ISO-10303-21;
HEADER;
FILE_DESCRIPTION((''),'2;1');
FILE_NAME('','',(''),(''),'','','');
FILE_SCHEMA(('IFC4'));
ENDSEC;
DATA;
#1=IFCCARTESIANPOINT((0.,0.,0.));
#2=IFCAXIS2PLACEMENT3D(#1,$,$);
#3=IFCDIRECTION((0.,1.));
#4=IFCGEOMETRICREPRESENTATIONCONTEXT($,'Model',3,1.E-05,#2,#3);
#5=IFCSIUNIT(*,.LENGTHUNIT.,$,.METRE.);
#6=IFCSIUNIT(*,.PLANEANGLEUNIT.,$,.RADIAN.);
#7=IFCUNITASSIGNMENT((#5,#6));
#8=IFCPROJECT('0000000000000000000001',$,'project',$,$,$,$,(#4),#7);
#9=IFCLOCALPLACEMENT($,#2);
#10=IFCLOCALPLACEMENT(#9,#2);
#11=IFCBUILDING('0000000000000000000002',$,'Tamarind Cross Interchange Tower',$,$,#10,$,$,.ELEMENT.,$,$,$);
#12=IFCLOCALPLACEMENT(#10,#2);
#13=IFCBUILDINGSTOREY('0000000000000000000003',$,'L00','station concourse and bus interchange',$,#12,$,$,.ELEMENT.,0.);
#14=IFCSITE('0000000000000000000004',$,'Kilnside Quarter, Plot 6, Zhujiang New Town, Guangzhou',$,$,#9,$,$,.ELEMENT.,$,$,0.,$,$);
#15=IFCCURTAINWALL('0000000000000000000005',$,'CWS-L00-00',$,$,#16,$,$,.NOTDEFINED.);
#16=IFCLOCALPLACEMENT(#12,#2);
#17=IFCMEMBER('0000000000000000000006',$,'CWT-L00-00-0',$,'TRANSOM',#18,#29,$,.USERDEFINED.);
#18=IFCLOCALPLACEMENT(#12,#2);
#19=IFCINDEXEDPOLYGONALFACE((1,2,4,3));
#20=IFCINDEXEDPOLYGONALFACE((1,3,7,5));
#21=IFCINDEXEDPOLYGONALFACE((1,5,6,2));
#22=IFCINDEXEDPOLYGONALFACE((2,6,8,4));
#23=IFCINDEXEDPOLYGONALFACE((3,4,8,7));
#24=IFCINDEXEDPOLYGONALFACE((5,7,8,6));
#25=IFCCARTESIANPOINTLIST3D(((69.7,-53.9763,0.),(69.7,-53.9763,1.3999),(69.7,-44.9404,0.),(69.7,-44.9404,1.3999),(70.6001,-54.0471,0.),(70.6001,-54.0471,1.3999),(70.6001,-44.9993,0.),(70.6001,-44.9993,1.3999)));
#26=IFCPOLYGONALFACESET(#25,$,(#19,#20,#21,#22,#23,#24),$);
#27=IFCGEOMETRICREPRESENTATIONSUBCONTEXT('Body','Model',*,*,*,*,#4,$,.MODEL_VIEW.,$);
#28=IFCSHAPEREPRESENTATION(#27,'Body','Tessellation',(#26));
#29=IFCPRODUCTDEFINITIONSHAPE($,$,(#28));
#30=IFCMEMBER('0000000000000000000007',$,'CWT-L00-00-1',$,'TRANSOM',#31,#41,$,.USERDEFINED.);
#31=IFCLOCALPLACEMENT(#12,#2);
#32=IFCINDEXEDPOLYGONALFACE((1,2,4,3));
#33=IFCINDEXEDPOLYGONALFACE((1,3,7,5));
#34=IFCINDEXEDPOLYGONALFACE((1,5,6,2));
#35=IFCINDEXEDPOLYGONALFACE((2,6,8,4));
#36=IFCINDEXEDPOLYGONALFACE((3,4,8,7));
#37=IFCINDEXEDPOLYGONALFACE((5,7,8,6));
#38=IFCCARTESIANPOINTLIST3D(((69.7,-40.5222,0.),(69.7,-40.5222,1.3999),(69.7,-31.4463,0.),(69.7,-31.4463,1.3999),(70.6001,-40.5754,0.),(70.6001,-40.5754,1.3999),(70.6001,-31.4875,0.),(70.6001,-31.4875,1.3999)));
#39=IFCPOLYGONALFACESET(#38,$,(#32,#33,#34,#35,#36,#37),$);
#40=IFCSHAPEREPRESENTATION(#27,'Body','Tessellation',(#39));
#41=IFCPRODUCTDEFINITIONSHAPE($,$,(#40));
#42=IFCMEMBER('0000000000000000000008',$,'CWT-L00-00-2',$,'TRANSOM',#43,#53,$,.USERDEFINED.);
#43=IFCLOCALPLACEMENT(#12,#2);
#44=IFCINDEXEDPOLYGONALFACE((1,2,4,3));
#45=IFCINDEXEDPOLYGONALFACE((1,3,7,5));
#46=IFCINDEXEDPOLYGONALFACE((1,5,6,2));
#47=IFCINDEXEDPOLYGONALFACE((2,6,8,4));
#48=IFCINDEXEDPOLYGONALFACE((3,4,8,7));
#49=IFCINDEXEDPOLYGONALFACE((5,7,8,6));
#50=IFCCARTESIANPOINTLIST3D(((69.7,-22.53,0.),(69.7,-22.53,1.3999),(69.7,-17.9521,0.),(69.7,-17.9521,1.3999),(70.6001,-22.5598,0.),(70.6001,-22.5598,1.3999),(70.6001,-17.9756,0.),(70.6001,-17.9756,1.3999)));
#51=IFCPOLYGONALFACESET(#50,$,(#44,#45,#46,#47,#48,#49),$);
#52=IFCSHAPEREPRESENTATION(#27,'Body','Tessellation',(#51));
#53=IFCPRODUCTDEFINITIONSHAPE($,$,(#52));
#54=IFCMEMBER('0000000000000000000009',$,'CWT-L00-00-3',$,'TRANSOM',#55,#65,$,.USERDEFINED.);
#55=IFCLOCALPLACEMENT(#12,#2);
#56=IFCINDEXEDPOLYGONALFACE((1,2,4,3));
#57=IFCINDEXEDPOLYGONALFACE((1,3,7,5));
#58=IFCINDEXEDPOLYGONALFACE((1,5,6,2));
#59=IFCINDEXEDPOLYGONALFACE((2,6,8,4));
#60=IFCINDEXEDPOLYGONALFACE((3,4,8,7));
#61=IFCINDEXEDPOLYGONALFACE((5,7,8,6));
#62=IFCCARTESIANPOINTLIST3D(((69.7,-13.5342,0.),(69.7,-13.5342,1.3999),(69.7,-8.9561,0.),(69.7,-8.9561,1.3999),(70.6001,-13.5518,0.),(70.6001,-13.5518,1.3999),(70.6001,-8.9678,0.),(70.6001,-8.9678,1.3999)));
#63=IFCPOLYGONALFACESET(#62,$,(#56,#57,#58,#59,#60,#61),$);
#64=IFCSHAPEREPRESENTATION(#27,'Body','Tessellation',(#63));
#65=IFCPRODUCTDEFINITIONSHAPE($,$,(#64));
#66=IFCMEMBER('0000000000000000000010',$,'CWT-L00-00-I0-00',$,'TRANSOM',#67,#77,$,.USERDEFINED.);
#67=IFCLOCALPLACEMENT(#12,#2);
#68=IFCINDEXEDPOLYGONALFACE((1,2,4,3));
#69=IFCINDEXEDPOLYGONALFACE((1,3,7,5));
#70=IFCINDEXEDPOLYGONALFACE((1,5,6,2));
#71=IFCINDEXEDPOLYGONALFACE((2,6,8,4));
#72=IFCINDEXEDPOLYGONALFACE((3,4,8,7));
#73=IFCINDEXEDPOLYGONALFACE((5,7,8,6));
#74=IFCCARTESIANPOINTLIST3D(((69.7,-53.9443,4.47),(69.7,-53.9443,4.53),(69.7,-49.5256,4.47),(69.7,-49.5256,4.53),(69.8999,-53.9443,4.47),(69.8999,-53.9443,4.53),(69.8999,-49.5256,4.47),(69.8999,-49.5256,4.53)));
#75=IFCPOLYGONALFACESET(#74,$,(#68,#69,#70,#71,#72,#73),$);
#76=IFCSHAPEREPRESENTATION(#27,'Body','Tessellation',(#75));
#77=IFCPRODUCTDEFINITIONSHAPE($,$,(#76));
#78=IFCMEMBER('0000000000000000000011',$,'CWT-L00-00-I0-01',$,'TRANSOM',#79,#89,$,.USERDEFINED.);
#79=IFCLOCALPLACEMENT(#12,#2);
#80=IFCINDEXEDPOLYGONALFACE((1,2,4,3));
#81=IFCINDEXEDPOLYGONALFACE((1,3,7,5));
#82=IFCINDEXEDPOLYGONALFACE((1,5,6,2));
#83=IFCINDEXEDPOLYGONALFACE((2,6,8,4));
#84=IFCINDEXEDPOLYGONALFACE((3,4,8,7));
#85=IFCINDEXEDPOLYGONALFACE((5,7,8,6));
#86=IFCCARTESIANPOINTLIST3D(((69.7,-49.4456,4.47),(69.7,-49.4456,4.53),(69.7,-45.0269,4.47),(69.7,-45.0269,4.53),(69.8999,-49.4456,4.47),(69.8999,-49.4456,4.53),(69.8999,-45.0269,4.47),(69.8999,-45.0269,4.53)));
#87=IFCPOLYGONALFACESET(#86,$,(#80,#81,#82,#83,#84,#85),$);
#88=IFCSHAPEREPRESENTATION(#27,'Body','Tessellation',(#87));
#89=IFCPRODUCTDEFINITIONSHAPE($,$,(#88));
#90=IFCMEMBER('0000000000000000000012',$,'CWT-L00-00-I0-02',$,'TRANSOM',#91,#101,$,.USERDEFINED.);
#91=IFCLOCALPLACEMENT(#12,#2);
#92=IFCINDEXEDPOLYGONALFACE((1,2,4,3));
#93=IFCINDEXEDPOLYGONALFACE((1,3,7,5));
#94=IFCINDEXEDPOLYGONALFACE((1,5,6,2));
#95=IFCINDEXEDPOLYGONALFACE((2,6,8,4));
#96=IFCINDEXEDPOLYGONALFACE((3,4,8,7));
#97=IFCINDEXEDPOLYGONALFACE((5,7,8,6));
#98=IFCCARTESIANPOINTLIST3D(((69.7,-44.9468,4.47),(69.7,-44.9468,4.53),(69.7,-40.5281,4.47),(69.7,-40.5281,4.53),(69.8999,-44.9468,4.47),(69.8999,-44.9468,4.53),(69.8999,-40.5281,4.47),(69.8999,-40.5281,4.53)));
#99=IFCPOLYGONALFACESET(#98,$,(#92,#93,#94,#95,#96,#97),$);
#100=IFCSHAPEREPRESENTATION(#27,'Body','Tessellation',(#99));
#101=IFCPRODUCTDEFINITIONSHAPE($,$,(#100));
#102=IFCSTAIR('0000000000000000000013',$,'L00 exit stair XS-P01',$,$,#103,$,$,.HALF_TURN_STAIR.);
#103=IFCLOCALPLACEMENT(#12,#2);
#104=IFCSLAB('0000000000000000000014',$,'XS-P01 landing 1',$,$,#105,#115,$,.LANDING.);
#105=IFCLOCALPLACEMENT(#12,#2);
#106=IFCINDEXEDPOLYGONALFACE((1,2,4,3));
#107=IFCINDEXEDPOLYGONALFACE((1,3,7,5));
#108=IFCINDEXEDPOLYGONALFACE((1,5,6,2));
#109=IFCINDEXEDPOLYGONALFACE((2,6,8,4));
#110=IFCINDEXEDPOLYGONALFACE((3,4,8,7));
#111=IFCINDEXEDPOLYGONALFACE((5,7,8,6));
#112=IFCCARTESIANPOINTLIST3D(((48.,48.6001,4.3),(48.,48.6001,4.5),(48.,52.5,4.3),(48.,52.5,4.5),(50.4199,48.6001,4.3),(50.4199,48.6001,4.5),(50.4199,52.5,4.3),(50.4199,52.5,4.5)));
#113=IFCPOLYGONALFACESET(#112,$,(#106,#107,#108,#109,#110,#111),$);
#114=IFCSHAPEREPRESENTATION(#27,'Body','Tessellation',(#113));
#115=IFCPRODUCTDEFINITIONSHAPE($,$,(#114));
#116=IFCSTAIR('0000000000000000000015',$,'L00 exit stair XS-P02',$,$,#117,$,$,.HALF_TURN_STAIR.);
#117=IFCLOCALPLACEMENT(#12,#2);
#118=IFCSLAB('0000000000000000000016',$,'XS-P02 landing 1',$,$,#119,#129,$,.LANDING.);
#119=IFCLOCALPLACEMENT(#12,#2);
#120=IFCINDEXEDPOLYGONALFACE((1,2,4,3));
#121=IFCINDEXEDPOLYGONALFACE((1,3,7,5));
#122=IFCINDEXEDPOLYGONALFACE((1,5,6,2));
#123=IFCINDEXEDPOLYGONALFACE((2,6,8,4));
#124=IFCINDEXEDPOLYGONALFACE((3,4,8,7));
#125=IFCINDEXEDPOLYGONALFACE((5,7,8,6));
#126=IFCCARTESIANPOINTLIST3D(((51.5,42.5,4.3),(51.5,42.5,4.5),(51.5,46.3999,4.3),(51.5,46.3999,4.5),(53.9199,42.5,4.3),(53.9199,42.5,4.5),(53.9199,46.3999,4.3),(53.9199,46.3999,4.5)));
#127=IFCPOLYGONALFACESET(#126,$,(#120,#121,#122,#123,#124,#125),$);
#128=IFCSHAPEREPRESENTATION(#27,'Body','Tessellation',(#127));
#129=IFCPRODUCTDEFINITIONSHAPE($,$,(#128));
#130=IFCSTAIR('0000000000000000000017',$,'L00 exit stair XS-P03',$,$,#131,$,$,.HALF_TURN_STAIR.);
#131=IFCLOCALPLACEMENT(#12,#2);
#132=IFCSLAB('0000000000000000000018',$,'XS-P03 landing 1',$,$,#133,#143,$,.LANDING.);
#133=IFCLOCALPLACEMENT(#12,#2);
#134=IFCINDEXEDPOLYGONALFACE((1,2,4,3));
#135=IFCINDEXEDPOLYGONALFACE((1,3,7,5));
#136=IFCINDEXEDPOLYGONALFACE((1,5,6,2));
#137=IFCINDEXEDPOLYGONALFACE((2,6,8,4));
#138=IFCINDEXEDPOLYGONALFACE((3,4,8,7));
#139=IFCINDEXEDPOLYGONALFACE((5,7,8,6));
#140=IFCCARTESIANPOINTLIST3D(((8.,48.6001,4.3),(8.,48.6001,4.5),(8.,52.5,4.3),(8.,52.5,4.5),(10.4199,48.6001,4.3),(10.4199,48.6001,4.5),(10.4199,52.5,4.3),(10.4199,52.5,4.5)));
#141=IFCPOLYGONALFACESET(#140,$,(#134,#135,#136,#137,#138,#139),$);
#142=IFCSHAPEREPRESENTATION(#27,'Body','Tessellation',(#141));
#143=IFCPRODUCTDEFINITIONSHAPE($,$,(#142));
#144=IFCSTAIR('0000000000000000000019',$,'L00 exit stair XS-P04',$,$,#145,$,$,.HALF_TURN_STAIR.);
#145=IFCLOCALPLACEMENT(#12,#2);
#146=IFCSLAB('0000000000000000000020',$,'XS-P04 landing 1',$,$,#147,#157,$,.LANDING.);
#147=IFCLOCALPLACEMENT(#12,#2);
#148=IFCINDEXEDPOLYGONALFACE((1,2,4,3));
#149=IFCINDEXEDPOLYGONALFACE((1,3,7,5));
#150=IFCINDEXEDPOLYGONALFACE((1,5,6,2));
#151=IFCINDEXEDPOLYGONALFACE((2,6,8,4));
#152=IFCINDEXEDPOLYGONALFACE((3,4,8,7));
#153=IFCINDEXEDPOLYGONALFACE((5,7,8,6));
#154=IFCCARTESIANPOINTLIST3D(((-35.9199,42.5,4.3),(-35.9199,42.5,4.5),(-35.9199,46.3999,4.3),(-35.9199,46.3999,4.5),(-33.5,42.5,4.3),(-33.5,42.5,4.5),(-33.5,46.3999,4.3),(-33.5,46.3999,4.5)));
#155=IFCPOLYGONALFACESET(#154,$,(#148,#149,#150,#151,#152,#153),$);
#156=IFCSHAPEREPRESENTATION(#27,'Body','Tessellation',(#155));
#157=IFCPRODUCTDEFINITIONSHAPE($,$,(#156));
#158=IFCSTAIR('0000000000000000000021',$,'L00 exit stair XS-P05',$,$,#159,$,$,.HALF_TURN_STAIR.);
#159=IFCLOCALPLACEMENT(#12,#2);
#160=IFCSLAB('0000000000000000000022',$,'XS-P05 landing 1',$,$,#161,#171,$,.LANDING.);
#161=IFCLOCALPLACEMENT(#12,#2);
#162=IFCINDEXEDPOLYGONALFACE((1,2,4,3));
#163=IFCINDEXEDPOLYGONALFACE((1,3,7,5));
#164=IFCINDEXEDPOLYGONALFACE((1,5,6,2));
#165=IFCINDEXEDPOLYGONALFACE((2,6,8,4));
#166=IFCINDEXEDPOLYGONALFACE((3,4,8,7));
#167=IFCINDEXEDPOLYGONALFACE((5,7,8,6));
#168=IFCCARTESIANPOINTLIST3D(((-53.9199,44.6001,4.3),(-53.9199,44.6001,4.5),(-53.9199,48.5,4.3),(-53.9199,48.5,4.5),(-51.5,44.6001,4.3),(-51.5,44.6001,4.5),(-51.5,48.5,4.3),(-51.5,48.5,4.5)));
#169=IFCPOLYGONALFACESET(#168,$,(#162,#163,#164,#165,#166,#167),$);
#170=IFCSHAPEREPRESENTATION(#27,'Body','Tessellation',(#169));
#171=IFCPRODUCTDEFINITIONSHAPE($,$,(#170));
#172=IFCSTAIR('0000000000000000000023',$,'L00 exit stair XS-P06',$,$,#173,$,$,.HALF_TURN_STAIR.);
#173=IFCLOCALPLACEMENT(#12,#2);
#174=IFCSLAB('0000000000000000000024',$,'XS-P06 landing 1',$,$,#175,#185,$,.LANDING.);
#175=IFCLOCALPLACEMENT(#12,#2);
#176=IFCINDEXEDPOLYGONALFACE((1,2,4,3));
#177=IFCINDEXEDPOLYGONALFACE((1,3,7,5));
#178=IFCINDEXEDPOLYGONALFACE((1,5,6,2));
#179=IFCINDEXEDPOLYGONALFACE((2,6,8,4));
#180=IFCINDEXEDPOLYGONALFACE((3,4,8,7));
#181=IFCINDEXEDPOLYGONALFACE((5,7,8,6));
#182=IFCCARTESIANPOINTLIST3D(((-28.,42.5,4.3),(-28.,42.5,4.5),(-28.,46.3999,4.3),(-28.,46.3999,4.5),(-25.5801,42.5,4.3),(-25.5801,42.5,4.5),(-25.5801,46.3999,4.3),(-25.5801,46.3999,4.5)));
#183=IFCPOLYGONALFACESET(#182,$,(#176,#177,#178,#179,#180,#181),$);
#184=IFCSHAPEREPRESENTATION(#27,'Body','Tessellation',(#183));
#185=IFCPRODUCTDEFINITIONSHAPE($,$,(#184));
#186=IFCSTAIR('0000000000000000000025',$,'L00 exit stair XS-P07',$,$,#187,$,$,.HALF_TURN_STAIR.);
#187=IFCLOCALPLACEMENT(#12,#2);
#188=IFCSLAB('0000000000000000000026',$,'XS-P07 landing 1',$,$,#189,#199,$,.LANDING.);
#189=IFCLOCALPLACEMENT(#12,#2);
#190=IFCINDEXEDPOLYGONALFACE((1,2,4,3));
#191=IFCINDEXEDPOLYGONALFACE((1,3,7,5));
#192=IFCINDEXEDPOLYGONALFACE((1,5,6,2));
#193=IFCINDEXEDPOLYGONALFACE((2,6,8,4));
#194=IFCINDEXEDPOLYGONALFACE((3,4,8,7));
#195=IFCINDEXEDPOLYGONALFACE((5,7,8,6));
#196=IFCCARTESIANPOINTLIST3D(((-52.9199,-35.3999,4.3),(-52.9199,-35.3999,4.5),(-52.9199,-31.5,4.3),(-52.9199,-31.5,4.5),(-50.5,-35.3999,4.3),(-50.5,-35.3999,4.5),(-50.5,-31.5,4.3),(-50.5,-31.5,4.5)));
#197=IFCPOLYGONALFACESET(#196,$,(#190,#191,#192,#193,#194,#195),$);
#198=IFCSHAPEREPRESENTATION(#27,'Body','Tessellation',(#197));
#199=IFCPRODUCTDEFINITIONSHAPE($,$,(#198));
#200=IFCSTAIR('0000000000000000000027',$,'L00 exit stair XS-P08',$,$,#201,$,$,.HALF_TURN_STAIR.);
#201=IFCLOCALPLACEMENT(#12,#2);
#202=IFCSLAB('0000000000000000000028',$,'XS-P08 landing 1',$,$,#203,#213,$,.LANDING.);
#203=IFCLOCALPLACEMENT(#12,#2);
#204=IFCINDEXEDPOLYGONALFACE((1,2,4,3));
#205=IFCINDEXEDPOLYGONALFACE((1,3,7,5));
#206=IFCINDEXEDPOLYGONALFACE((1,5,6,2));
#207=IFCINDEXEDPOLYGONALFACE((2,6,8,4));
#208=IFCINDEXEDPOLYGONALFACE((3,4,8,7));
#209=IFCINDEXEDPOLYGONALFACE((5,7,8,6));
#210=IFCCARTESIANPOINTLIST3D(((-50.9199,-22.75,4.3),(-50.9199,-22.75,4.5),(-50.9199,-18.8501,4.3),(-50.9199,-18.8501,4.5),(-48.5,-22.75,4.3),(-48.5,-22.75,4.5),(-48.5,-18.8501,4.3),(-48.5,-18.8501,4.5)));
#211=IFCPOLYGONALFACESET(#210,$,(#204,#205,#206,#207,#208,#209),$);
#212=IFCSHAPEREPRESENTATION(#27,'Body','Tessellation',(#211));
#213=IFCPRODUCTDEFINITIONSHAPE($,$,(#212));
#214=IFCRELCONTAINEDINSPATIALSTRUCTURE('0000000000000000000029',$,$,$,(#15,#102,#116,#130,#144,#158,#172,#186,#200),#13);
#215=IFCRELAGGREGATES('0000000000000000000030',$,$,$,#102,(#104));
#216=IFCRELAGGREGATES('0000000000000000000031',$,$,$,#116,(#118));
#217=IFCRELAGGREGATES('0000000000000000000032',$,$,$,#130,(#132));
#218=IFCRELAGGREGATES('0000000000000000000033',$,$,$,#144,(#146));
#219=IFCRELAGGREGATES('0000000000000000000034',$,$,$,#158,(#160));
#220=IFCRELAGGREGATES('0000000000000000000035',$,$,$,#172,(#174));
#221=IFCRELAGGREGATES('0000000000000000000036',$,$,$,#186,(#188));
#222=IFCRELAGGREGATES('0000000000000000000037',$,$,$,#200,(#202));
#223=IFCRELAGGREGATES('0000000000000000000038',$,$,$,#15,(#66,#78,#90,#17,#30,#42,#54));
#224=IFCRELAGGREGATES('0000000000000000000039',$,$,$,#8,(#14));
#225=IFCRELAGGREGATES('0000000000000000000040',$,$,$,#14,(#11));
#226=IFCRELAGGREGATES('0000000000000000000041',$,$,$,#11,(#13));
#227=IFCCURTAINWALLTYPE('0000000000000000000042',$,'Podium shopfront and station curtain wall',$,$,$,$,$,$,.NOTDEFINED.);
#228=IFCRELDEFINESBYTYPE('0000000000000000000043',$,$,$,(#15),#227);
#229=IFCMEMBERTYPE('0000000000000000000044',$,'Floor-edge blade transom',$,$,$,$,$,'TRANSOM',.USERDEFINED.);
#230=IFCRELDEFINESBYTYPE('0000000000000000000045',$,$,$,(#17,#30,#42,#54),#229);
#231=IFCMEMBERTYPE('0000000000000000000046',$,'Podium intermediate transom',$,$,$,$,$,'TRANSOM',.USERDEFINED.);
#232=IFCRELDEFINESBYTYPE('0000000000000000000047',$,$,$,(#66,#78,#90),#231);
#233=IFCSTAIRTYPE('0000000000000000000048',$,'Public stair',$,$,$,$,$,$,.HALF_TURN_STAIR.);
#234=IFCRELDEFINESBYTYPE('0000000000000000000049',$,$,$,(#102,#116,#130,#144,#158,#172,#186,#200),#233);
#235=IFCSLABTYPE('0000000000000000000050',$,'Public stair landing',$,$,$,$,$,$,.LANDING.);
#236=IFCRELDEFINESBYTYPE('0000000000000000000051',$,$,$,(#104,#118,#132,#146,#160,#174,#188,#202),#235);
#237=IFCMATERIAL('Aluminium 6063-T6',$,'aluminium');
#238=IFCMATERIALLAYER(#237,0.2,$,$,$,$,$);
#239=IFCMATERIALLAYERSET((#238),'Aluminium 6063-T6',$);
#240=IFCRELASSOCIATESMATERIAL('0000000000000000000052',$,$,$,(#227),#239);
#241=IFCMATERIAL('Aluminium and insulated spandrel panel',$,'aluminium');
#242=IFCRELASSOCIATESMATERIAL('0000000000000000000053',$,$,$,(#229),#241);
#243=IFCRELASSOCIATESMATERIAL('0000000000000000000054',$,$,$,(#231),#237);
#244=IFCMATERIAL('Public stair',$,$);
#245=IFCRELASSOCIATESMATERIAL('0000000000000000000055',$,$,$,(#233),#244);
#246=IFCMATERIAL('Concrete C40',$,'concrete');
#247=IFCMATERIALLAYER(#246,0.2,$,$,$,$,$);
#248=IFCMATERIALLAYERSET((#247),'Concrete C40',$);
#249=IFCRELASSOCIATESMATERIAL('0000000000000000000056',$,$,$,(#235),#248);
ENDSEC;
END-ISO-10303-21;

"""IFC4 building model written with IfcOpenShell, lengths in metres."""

from ifc_helpers import new_model, si_unit, direction, frame, origin, place, context, subcontext, project, spatial, polyline, outline, extrude, material, layer, layer_set, type_object, element, aggregate, save


model = new_model("IFC4")

# Units and contexts
model_context = context("Model", 3, precision=1e-05, world=origin(), true_north=direction((0.0, 1.0)))
body_context = subcontext(model_context, "Body", "Model", "MODEL_VIEW")
ifc_project = project(units=[si_unit("LENGTHUNIT", "METRE"), si_unit("PLANEANGLEUNIT", "RADIAN")], contexts=[model_context])

# Site, building, storey
site_placement = place(None, origin())
site = spatial("IfcSite", under=ifc_project, at=site_placement, Name="Kilnside Quarter, Plot 6, Zhujiang New Town, Guangzhou", CompositionType="ELEMENT", RefElevation=0.0)
building_placement = place(site_placement, origin())
building = spatial("IfcBuilding", under=site, at=building_placement, Name="Tamarind Cross Interchange Tower", CompositionType="ELEMENT")
storey_placement = place(building_placement, origin())
storey = spatial("IfcBuildingStorey", under=building, at=storey_placement, Name="L00", Description="station concourse and bus interchange", CompositionType="ELEMENT", Elevation=0.0)

# Curtain wall, members
ifc_material_1 = material(Name="Aluminium 6063-T6", Category="aluminium")
ifc_layer_1 = layer(ifc_material_1, 0.2)
ifc_layer_set_1 = layer_set([ifc_layer_1], Name="Aluminium 6063-T6")
curtain_wall_type = type_object("IfcCurtainWallType", Name="Podium shopfront and station curtain wall", PredefinedType="NOTDEFINED", material=ifc_layer_set_1)
curtain_wall_placement = place(storey_placement, origin())
curtain_wall = element("IfcCurtainWall", 1, at=curtain_wall_placement, inside=storey, type_object=curtain_wall_type, Name="CWS-L00-00", PredefinedType="NOTDEFINED")
ifc_material_2 = material(Name="Aluminium and insulated spandrel panel", Category="aluminium")
member_type_1 = type_object("IfcMemberType", Name="Floor-edge blade transom", ElementType="TRANSOM", PredefinedType="USERDEFINED", material=ifc_material_2)
member_1_placement = place(storey_placement, origin())
member_1 = element("IfcMember", 2, at=member_1_placement, type_object=member_type_1, Name="CWT-L00-00-0", ObjectType="TRANSOM", PredefinedType="USERDEFINED", context=body_context, shape_type="SweptSolid", body=[
    extrude(outline(polyline([(69.7, -53.9763), (69.7, -44.9404), (70.6001, -44.9993), (70.6001, -54.0471), (69.7, -53.9763)])), origin(), (0.0, 0.0, 1.0), 1.3999),
])
member_2_placement = place(storey_placement, origin())
member_2 = element("IfcMember", 3, at=member_2_placement, type_object=member_type_1, Name="CWT-L00-00-1", ObjectType="TRANSOM", PredefinedType="USERDEFINED", context=body_context, shape_type="SweptSolid", body=[
    extrude(outline(polyline([(69.7, -40.5222), (69.7, -31.4463), (70.6001, -31.4875), (70.6001, -40.5754), (69.7, -40.5222)])), origin(), (0.0, 0.0, 1.0), 1.3999),
])
member_3_placement = place(storey_placement, origin())
member_3 = element("IfcMember", 4, at=member_3_placement, type_object=member_type_1, Name="CWT-L00-00-2", ObjectType="TRANSOM", PredefinedType="USERDEFINED", context=body_context, shape_type="SweptSolid", body=[
    extrude(outline(polyline([(69.7, -22.53), (69.7, -17.9521), (70.6001, -17.9756), (70.6001, -22.5598), (69.7, -22.53)])), origin(), (0.0, 0.0, 1.0), 1.3999),
])
member_4_placement = place(storey_placement, origin())
member_4 = element("IfcMember", 5, at=member_4_placement, type_object=member_type_1, Name="CWT-L00-00-3", ObjectType="TRANSOM", PredefinedType="USERDEFINED", context=body_context, shape_type="SweptSolid", body=[
    extrude(outline(polyline([(69.7, -13.5342), (69.7, -8.9561), (70.6001, -8.9678), (70.6001, -13.5518), (69.7, -13.5342)])), origin(), (0.0, 0.0, 1.0), 1.3999),
])
member_type_2 = type_object("IfcMemberType", Name="Podium intermediate transom", ElementType="TRANSOM", PredefinedType="USERDEFINED", material=ifc_material_1)
member_5_placement = place(storey_placement, frame((0.0, 0.0, 4.47)))
member_5 = element("IfcMember", 6, at=member_5_placement, type_object=member_type_2, Name="CWT-L00-00-I0-00", ObjectType="TRANSOM", PredefinedType="USERDEFINED", context=body_context, shape_type="SweptSolid", body=[
    extrude(outline(polyline([(69.7, -53.9443), (69.7, -49.5256), (69.8999, -49.5256), (69.8999, -53.9443), (69.7, -53.9443)])), origin(), (0.0, 0.0, 1.0), 0.0601),
])
member_6_placement = place(storey_placement, frame((0.0, 0.0, 4.47)))
member_6 = element("IfcMember", 7, at=member_6_placement, type_object=member_type_2, Name="CWT-L00-00-I0-01", ObjectType="TRANSOM", PredefinedType="USERDEFINED", context=body_context, shape_type="SweptSolid", body=[
    extrude(outline(polyline([(69.7, -49.4456), (69.7, -45.0269), (69.8999, -45.0269), (69.8999, -49.4456), (69.7, -49.4456)])), origin(), (0.0, 0.0, 1.0), 0.0601),
])
member_7_placement = place(storey_placement, frame((0.0, 0.0, 4.47)))
member_7 = element("IfcMember", 8, at=member_7_placement, type_object=member_type_2, Name="CWT-L00-00-I0-02", ObjectType="TRANSOM", PredefinedType="USERDEFINED", context=body_context, shape_type="SweptSolid", body=[
    extrude(outline(polyline([(69.7, -44.9468), (69.7, -40.5281), (69.8999, -40.5281), (69.8999, -44.9468), (69.7, -44.9468)])), origin(), (0.0, 0.0, 1.0), 0.0601),
])

# Stairs, slabs
ifc_material_3 = material(Name="Public stair")
stair_type = type_object("IfcStairType", Name="Public stair", PredefinedType="HALF_TURN_STAIR", material=ifc_material_3)
stair_1_placement = place(storey_placement, origin())
stair_1 = element("IfcStair", 9, at=stair_1_placement, inside=storey, type_object=stair_type, Name="L00 exit stair XS-P01", PredefinedType="HALF_TURN_STAIR")
ifc_material_4 = material(Name="Concrete C40", Category="concrete")
ifc_layer_2 = layer(ifc_material_4, 0.2)
ifc_layer_set_2 = layer_set([ifc_layer_2], Name="Concrete C40")
slab_type = type_object("IfcSlabType", Name="Public stair landing", PredefinedType="LANDING", material=ifc_layer_set_2)
slab_1_placement = place(storey_placement, frame((0.0, 0.0, 4.3)))
slab_1 = element("IfcSlab", 10, at=slab_1_placement, type_object=slab_type, Name="XS-P01 landing 1", PredefinedType="LANDING", context=body_context, shape_type="SweptSolid", body=[
    extrude(outline(polyline([(50.4199, 52.5), (48.0, 52.5), (48.0, 48.6001), (50.4199, 48.6001), (50.4199, 52.5)])), origin(), (0.0, 0.0, 1.0), 0.2),
])
aggregate(stair_1, [slab_1])
stair_2_placement = place(storey_placement, origin())
stair_2 = element("IfcStair", 11, at=stair_2_placement, inside=storey, type_object=stair_type, Name="L00 exit stair XS-P02", PredefinedType="HALF_TURN_STAIR")
slab_2_placement = place(storey_placement, frame((0.0, 0.0, 4.3)))
slab_2 = element("IfcSlab", 12, at=slab_2_placement, type_object=slab_type, Name="XS-P02 landing 1", PredefinedType="LANDING", context=body_context, shape_type="SweptSolid", body=[
    extrude(outline(polyline([(53.9199, 46.3999), (51.5, 46.3999), (51.5, 42.5), (53.9199, 42.5), (53.9199, 46.3999)])), origin(), (0.0, 0.0, 1.0), 0.2),
])
aggregate(stair_2, [slab_2])
stair_3_placement = place(storey_placement, origin())
stair_3 = element("IfcStair", 13, at=stair_3_placement, inside=storey, type_object=stair_type, Name="L00 exit stair XS-P03", PredefinedType="HALF_TURN_STAIR")
slab_3_placement = place(storey_placement, frame((0.0, 0.0, 4.3)))
slab_3 = element("IfcSlab", 14, at=slab_3_placement, type_object=slab_type, Name="XS-P03 landing 1", PredefinedType="LANDING", context=body_context, shape_type="SweptSolid", body=[
    extrude(outline(polyline([(10.4199, 52.5), (8.0, 52.5), (8.0, 48.6001), (10.4199, 48.6001), (10.4199, 52.5)])), origin(), (0.0, 0.0, 1.0), 0.2),
])
aggregate(stair_3, [slab_3])
stair_4_placement = place(storey_placement, origin())
stair_4 = element("IfcStair", 15, at=stair_4_placement, inside=storey, type_object=stair_type, Name="L00 exit stair XS-P04", PredefinedType="HALF_TURN_STAIR")
slab_4_placement = place(storey_placement, frame((0.0, 0.0, 4.3)))
slab_4 = element("IfcSlab", 16, at=slab_4_placement, type_object=slab_type, Name="XS-P04 landing 1", PredefinedType="LANDING", context=body_context, shape_type="SweptSolid", body=[
    extrude(outline(polyline([(-35.9199, 42.5), (-33.5, 42.5), (-33.5, 46.3999), (-35.9199, 46.3999), (-35.9199, 42.5)])), origin(), (0.0, 0.0, 1.0), 0.2),
])
aggregate(stair_4, [slab_4])
stair_5_placement = place(storey_placement, origin())
stair_5 = element("IfcStair", 17, at=stair_5_placement, inside=storey, type_object=stair_type, Name="L00 exit stair XS-P05", PredefinedType="HALF_TURN_STAIR")
slab_5_placement = place(storey_placement, frame((0.0, 0.0, 4.3)))
slab_5 = element("IfcSlab", 18, at=slab_5_placement, type_object=slab_type, Name="XS-P05 landing 1", PredefinedType="LANDING", context=body_context, shape_type="SweptSolid", body=[
    extrude(outline(polyline([(-53.9199, 44.6001), (-51.5, 44.6001), (-51.5, 48.5), (-53.9199, 48.5), (-53.9199, 44.6001)])), origin(), (0.0, 0.0, 1.0), 0.2),
])
aggregate(stair_5, [slab_5])
stair_6_placement = place(storey_placement, origin())
stair_6 = element("IfcStair", 19, at=stair_6_placement, inside=storey, type_object=stair_type, Name="L00 exit stair XS-P06", PredefinedType="HALF_TURN_STAIR")
slab_6_placement = place(storey_placement, frame((0.0, 0.0, 4.3)))
slab_6 = element("IfcSlab", 20, at=slab_6_placement, type_object=slab_type, Name="XS-P06 landing 1", PredefinedType="LANDING", context=body_context, shape_type="SweptSolid", body=[
    extrude(outline(polyline([(-25.5801, 46.3999), (-28.0, 46.3999), (-28.0, 42.5), (-25.5801, 42.5), (-25.5801, 46.3999)])), origin(), (0.0, 0.0, 1.0), 0.2),
])
aggregate(stair_6, [slab_6])
stair_7_placement = place(storey_placement, origin())
stair_7 = element("IfcStair", 21, at=stair_7_placement, inside=storey, type_object=stair_type, Name="L00 exit stair XS-P07", PredefinedType="HALF_TURN_STAIR")
slab_7_placement = place(storey_placement, frame((0.0, 0.0, 4.3)))
slab_7 = element("IfcSlab", 22, at=slab_7_placement, type_object=slab_type, Name="XS-P07 landing 1", PredefinedType="LANDING", context=body_context, shape_type="SweptSolid", body=[
    extrude(outline(polyline([(-52.9199, -35.3999), (-50.5, -35.3999), (-50.5, -31.5), (-52.9199, -31.5), (-52.9199, -35.3999)])), origin(), (0.0, 0.0, 1.0), 0.2),
])
aggregate(stair_7, [slab_7])
stair_8_placement = place(storey_placement, origin())
stair_8 = element("IfcStair", 23, at=stair_8_placement, inside=storey, type_object=stair_type, Name="L00 exit stair XS-P08", PredefinedType="HALF_TURN_STAIR")
slab_8_placement = place(storey_placement, frame((0.0, 0.0, 4.3)))
slab_8 = element("IfcSlab", 24, at=slab_8_placement, type_object=slab_type, Name="XS-P08 landing 1", PredefinedType="LANDING", context=body_context, shape_type="SweptSolid", body=[
    extrude(outline(polyline([(-50.9199, -22.75), (-48.5, -22.75), (-48.5, -18.8501), (-50.9199, -18.8501), (-50.9199, -22.75)])), origin(), (0.0, 0.0, 1.0), 0.2),
])
aggregate(stair_8, [slab_8])

aggregate(curtain_wall, [member_5, member_6, member_7, member_1, member_2, member_3, member_4])

save(model, "model.ifc")
